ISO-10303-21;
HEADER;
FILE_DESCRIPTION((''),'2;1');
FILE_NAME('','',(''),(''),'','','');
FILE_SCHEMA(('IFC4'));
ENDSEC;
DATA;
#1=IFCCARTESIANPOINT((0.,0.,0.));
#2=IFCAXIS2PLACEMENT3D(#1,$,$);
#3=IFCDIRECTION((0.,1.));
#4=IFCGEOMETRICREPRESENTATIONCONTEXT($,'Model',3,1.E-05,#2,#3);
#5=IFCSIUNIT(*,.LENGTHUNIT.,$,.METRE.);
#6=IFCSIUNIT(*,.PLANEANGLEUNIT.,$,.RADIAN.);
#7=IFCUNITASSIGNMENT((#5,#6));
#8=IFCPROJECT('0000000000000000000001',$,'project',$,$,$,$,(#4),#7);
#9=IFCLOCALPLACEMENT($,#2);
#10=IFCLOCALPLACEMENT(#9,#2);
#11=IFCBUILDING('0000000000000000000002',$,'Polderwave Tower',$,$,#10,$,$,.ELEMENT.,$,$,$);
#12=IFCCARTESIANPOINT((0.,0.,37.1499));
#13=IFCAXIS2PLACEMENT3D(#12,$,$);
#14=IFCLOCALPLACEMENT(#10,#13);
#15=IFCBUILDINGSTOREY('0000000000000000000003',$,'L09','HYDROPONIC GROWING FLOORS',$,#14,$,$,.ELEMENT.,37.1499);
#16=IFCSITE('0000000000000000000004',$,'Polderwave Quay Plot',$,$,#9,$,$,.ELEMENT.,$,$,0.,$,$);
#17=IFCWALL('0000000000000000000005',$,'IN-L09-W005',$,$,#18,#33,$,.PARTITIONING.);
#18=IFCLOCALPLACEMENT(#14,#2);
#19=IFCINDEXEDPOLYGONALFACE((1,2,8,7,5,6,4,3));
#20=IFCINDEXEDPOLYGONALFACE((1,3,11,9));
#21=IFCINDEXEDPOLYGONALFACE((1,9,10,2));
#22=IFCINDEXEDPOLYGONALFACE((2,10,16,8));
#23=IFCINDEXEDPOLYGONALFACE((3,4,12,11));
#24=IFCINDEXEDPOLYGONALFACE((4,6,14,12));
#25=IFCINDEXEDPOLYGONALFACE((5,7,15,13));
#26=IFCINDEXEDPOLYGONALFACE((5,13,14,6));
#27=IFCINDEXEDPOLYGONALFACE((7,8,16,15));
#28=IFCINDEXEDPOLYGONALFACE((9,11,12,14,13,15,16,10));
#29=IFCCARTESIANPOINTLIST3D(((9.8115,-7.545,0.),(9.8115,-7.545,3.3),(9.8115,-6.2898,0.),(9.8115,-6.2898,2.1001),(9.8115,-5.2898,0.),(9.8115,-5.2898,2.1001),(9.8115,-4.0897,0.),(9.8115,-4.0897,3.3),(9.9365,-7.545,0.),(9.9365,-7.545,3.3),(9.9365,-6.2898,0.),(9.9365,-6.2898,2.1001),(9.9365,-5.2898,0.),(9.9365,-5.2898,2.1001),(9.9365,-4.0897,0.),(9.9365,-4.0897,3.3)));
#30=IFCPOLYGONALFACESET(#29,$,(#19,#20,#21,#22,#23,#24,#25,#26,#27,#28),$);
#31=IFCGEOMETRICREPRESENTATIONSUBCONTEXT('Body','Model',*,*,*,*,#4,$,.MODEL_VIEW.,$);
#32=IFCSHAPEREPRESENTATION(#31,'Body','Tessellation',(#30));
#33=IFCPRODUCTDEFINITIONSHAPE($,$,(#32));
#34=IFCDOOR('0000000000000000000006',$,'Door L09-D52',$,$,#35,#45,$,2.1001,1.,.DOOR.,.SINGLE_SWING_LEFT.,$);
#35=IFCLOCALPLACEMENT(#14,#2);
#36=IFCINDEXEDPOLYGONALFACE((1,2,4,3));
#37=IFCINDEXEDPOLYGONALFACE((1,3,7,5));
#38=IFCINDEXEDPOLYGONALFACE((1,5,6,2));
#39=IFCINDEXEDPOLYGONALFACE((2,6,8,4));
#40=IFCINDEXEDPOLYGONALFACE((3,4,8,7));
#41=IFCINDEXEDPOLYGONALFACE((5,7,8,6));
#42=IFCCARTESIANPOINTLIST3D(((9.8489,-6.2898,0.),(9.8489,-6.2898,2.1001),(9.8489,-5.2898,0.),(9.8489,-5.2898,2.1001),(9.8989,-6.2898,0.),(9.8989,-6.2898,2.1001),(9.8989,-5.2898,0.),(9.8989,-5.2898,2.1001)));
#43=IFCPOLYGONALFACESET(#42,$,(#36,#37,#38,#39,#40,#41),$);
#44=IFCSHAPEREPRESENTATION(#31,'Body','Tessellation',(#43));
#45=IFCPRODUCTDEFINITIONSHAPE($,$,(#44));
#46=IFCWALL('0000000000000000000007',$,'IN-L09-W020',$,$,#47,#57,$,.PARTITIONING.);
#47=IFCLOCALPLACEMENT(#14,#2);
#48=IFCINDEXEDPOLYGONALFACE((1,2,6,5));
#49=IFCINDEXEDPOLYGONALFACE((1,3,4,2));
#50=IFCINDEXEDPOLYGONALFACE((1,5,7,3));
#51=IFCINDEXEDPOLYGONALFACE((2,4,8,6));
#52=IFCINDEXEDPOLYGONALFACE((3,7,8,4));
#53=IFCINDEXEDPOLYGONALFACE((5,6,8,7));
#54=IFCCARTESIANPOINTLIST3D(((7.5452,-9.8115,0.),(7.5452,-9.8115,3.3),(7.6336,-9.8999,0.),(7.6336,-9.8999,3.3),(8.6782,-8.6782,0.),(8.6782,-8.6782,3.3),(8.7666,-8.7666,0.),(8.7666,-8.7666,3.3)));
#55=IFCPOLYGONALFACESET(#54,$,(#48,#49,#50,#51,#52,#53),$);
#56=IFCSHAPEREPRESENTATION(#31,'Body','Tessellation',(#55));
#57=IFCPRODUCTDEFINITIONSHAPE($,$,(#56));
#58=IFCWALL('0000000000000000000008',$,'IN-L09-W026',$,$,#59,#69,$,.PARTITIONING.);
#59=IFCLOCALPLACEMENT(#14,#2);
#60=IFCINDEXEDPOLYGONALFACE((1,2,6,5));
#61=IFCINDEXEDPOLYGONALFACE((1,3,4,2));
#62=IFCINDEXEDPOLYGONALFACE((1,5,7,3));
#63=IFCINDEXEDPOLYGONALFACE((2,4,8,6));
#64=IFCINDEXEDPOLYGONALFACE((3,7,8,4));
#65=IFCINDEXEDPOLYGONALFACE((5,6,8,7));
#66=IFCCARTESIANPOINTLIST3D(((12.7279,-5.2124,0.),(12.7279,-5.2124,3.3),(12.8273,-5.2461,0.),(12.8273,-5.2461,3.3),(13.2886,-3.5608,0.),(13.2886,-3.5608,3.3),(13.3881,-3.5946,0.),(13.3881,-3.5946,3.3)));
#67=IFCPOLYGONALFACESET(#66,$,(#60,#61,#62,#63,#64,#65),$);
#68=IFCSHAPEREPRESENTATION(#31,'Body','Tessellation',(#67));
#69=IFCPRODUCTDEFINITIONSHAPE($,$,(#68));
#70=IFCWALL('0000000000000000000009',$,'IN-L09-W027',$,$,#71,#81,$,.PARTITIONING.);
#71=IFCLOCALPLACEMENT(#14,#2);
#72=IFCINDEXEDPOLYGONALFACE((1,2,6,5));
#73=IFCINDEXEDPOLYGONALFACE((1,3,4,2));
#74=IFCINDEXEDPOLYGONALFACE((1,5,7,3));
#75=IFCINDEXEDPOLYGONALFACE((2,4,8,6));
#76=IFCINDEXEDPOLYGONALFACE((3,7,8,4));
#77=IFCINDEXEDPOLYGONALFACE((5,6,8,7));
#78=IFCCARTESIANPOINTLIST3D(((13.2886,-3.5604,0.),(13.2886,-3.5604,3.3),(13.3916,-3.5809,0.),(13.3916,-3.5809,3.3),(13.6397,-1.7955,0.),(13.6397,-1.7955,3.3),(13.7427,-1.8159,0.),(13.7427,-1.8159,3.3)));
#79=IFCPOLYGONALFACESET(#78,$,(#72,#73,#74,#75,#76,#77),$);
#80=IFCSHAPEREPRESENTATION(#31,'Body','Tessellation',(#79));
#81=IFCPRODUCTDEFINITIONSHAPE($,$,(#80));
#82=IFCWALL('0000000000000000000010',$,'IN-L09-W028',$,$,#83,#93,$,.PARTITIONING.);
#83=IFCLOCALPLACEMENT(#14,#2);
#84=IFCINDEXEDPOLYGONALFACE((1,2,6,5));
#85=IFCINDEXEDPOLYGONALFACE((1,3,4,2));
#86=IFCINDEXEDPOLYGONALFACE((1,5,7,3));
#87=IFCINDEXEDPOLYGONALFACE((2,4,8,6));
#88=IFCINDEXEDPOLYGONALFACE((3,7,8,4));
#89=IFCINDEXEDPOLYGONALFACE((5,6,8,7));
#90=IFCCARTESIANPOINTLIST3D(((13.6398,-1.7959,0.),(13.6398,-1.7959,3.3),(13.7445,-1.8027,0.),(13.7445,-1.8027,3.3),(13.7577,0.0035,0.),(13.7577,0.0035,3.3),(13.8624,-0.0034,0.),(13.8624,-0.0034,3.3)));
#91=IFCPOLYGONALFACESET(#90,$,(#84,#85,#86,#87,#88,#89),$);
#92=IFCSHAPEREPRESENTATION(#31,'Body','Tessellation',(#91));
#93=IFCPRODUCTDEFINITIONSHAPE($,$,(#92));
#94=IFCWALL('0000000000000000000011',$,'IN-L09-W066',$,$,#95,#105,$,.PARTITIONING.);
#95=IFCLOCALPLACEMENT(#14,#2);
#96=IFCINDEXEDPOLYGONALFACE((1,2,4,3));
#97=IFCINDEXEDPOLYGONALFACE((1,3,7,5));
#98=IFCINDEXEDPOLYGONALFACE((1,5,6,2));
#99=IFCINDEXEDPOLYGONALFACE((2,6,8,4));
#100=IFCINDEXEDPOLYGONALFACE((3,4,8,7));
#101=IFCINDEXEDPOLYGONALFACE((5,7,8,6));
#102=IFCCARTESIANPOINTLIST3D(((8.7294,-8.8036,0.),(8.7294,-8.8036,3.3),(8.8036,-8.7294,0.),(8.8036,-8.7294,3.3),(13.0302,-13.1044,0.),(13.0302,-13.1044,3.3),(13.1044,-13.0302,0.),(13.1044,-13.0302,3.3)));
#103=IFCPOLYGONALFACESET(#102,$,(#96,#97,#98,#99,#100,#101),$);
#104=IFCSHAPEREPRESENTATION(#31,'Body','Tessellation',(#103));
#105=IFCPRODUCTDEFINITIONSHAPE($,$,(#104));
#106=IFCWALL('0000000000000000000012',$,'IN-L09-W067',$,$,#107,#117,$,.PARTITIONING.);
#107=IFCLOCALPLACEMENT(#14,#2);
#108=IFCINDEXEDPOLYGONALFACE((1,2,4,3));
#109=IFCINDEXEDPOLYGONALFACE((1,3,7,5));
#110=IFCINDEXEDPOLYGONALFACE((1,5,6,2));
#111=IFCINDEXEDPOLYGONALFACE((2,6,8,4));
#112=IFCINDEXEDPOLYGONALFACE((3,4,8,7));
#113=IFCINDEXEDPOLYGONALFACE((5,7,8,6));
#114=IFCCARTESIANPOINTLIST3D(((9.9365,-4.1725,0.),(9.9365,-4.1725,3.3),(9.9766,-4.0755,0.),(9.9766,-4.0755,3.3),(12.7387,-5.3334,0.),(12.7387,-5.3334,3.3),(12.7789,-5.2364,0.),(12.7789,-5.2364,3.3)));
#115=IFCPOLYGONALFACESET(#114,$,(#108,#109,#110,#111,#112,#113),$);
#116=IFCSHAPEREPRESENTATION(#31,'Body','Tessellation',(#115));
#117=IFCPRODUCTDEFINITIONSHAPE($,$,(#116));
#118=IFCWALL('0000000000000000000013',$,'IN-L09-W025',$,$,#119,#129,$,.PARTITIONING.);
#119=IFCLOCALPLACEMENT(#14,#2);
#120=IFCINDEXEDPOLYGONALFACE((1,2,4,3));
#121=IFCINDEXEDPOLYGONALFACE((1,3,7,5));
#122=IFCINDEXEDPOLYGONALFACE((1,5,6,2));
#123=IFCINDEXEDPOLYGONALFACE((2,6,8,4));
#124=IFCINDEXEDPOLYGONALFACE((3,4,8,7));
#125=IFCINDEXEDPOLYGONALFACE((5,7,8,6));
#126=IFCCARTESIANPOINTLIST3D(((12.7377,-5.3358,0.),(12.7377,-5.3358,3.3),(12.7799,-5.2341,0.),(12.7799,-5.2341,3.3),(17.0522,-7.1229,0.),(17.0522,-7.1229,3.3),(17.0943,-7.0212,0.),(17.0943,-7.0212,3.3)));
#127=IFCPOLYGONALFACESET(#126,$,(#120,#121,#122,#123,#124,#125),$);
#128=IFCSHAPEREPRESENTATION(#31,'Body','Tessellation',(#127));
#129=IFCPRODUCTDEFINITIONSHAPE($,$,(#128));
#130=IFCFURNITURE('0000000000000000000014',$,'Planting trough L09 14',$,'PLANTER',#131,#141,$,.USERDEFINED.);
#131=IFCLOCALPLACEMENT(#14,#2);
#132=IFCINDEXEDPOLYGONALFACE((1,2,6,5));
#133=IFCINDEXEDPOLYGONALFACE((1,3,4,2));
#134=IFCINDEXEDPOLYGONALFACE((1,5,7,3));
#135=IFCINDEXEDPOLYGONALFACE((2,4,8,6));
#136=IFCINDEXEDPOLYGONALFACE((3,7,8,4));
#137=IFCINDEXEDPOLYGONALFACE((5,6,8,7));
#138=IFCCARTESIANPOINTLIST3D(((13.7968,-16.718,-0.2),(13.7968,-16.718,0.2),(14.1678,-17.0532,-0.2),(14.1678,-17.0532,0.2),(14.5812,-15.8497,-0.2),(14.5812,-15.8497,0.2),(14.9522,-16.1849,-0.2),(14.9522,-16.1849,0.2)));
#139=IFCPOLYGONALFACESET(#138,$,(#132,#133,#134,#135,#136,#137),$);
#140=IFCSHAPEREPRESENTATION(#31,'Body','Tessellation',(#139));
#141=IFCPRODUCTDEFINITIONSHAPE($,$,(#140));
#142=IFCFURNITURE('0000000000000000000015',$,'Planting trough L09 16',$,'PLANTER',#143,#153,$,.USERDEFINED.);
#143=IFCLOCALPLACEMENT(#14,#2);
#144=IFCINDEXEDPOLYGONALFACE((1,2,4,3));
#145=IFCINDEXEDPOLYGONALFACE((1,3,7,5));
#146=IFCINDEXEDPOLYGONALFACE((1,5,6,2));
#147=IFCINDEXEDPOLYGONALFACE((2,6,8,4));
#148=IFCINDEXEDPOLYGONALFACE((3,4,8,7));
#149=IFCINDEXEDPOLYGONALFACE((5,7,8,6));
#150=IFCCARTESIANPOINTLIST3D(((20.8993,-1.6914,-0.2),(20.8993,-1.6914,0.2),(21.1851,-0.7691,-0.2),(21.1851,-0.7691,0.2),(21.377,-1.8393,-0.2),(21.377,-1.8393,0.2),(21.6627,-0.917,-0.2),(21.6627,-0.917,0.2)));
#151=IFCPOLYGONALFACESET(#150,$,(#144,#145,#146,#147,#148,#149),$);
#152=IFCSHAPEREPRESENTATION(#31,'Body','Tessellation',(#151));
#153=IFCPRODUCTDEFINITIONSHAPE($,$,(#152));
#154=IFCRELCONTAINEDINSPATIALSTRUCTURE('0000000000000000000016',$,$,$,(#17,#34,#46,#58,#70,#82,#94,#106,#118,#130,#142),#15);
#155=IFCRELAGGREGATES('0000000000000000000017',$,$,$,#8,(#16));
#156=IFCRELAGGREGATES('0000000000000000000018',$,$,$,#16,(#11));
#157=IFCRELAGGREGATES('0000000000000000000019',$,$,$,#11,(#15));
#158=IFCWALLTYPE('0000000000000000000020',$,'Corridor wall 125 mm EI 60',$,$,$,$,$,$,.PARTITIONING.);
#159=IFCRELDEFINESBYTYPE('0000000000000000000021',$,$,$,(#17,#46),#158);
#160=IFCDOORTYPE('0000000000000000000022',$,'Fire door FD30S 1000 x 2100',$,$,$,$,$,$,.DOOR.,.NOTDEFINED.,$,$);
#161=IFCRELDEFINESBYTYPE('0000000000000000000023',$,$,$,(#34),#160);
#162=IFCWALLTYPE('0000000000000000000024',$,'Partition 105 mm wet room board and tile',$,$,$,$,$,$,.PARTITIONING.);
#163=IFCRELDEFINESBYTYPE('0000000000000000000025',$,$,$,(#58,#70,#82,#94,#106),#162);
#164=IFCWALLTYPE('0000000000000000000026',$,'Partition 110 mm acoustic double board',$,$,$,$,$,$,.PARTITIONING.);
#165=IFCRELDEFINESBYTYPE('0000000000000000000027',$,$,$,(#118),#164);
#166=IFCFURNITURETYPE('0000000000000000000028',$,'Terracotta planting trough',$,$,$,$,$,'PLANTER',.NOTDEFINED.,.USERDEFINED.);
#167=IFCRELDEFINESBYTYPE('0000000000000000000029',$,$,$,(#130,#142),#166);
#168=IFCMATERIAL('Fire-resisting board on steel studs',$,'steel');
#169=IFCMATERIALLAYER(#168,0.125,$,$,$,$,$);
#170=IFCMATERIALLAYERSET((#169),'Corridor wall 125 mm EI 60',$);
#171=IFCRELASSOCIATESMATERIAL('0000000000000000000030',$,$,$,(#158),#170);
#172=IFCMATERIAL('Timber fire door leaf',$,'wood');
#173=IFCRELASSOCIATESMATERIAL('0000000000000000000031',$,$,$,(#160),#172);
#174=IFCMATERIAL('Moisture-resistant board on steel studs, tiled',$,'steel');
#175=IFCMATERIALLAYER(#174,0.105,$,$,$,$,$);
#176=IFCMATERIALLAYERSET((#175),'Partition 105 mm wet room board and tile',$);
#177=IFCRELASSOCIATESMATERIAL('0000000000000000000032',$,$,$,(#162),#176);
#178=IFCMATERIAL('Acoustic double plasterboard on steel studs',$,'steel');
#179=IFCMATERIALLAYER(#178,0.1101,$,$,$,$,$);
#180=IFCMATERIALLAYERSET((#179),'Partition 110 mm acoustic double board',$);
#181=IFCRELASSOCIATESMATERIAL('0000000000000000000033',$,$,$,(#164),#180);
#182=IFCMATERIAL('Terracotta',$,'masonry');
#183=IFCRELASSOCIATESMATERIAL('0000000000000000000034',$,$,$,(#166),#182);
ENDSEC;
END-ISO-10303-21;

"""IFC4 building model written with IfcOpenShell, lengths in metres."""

from ifc_helpers import new_model, si_unit, direction, frame, frame_2d, origin, origin_2d, place, context, subcontext, project, spatial, rectangle, extrude, material, layer, layer_set, type_object, element, fill, save


model = new_model("IFC4")

# Units and contexts
model_context = context("Model", 3, precision=1e-05, world=origin(), true_north=direction((0.0, 1.0)))
body_context = subcontext(model_context, "Body", "Model", "MODEL_VIEW")
ifc_project = project(units=[si_unit("LENGTHUNIT", "METRE"), si_unit("PLANEANGLEUNIT", "RADIAN")], contexts=[model_context])

# Site, building, storey
site_placement = place(None, origin())
site = spatial("IfcSite", under=ifc_project, at=site_placement, Name="Polderwave Quay Plot", CompositionType="ELEMENT", RefElevation=0.0)
building_placement = place(site_placement, origin())
building = spatial("IfcBuilding", under=site, at=building_placement, Name="Polderwave Tower", CompositionType="ELEMENT")
storey_placement = place(building_placement, frame((0.0, 0.0, 37.1499)))
storey = spatial("IfcBuildingStorey", under=building, at=storey_placement, Name="L09", Description="HYDROPONIC GROWING FLOORS", CompositionType="ELEMENT", Elevation=37.1499)

# Shared definitions
ifc_material_1 = material(Name="Fire-resisting board on steel studs", Category="steel")
ifc_layer_1 = layer(ifc_material_1, 0.125)
ifc_layer_set_1 = layer_set([ifc_layer_1], Name="Corridor wall 125 mm EI 60")
wall_type_1 = type_object("IfcWallType", Name="Corridor wall 125 mm EI 60", PredefinedType="PARTITIONING", material=ifc_layer_set_1)

# Wall, opening, door
wall_1_placement = place(storey_placement, frame((9.874, -4.0898, 0.0), z_axis=(0.0, 0.0, 1.0), x_axis=(0.0, -1.0, 0.0)))
wall_1 = element("IfcWall", 1, at=wall_1_placement, inside=storey, type_object=wall_type_1, Name="IN-L09-W005", PredefinedType="PARTITIONING", context=body_context, shape_type="SweptSolid", body=[
    extrude(rectangle(XDim=3.4553, YDim=0.125, at=frame_2d((1.7275, 0.0))), origin(), (0.0, 0.0, 1.0), 3.3),
])
opening_placement = place(wall_1_placement, frame((1.2, 0.0, 0.0)))
opening = element("IfcOpeningElement", 2, at=opening_placement, cuts=wall_1, PredefinedType="OPENING", context=body_context, shape_type="SweptSolid", body=[
    extrude(rectangle(XDim=1.0, YDim=2.1001, at=frame_2d((0.5, 1.05))), frame((0.0, 0.0725, 0.0), z_axis=(0.0, -1.0, 0.0), x_axis=(1.0, 0.0, 0.0)), (0.0, 0.0, 1.0), 0.145),
])
ifc_material_2 = material(Name="Timber fire door leaf", Category="wood")
door_type = type_object("IfcDoorType", Name="Fire door FD30S 1000 x 2100", OperationType="NOTDEFINED", PredefinedType="DOOR", material=ifc_material_2)
door_placement = place(opening_placement, origin())
door = element("IfcDoor", 3, at=door_placement, inside=storey, type_object=door_type, Name="Door L09-D52", OperationType="SINGLE_SWING_LEFT", OverallHeight=2.1001, OverallWidth=1.0, PredefinedType="DOOR", context=body_context, shape_type="SweptSolid", body=[
    extrude(rectangle(XDim=1.0, YDim=2.1001, at=frame_2d((0.5, 1.05))), frame((0.0, 0.0249, 0.0), z_axis=(0.0, -1.0, 0.0), x_axis=(1.0, 0.0, 0.0)), (0.0, 0.0, 1.0), 0.05),
])
fill(opening, door)

# Walls
wall_2_placement = place(storey_placement, frame((8.7224, -8.7224, 0.0), z_axis=(0.0, 0.0, 1.0), x_axis=(-0.707031, -0.707183, 0.0)))
element("IfcWall", 4, at=wall_2_placement, inside=storey, type_object=wall_type_1, Name="IN-L09-W020", PredefinedType="PARTITIONING", context=body_context, shape_type="SweptSolid", body=[
    extrude(rectangle(XDim=1.6025, YDim=0.125, at=frame_2d((0.8013, 0.0))), origin(), (0.0, 0.0, 1.0), 3.3),
])
ifc_material_3 = material(Name="Moisture-resistant board on steel studs, tiled", Category="steel")
ifc_layer_2 = layer(ifc_material_3, 0.105)
ifc_layer_set_2 = layer_set([ifc_layer_2], Name="Partition 105 mm wet room board and tile")
wall_type_2 = type_object("IfcWallType", Name="Partition 105 mm wet room board and tile", PredefinedType="PARTITIONING", material=ifc_layer_set_2)
wall_3_placement = place(storey_placement, frame((12.7776, -5.2292, 0.0), z_axis=(0.0, 0.0, 1.0), x_axis=(0.321514, 0.946905, 0.0)))
element("IfcWall", 5, at=wall_3_placement, inside=storey, type_object=wall_type_2, Name="IN-L09-W026", PredefinedType="PARTITIONING", context=body_context, shape_type="SweptSolid", body=[
    extrude(rectangle(XDim=1.7441, YDim=0.105, at=frame_2d((0.8721, 0.0))), origin(), (0.0, 0.0, 1.0), 3.3),
])
wall_4_placement = place(storey_placement, frame((13.3401, -3.5708, 0.0), z_axis=(0.0, 0.0, 1.0), x_axis=(0.195098, 0.980784, 0.0)))
element("IfcWall", 6, at=wall_4_placement, inside=storey, type_object=wall_type_2, Name="IN-L09-W027", PredefinedType="PARTITIONING", context=body_context, shape_type="SweptSolid", body=[
    extrude(rectangle(XDim=1.7996, YDim=0.105, at=frame_2d((0.8999, 0.0))), origin(), (0.0, 0.0, 1.0), 3.3),
])
wall_5_placement = place(storey_placement, frame((13.6921, -1.7993, 0.0), z_axis=(0.0, 0.0, 1.0), x_axis=(0.065396, 0.997859, 0.0)))
element("IfcWall", 7, at=wall_5_placement, inside=storey, type_object=wall_type_2, Name="IN-L09-W028", PredefinedType="PARTITIONING", context=body_context, shape_type="SweptSolid", body=[
    extrude(rectangle(XDim=1.8032, YDim=0.105, at=frame_2d((0.9016, 0.0))), origin(), (0.0, 0.0, 1.0), 3.3),
])
wall_6_placement = place(storey_placement, frame((8.7666, -8.7666, 0.0), z_axis=(0.0, 0.0, 1.0), x_axis=(0.707107, -0.707107, 0.0)))
element("IfcWall", 8, at=wall_6_placement, inside=storey, type_object=wall_type_2, Name="IN-L09-W066", PredefinedType="PARTITIONING", context=body_context, shape_type="SweptSolid", body=[
    extrude(rectangle(XDim=6.0823, YDim=0.105, at=frame_2d((3.041, 0.0))), origin(), (0.0, 0.0, 1.0), 3.3),
])
wall_7_placement = place(storey_placement, frame((9.9565, -4.124, 0.0), z_axis=(0.0, 0.0, 1.0), x_axis=(0.923861, -0.382729, 0.0)))
element("IfcWall", 9, at=wall_7_placement, inside=storey, type_object=wall_type_2, Name="IN-L09-W067", PredefinedType="PARTITIONING", context=body_context, shape_type="SweptSolid", body=[
    extrude(rectangle(XDim=3.0332, YDim=0.105, at=frame_2d((1.5166, 0.0))), origin(), (0.0, 0.0, 1.0), 3.3),
])
ifc_material_4 = material(Name="Acoustic double plasterboard on steel studs", Category="steel")
ifc_layer_3 = layer(ifc_material_4, 0.1101)
ifc_layer_set_3 = layer_set([ifc_layer_3], Name="Partition 110 mm acoustic double board")
wall_type_3 = type_object("IfcWallType", Name="Partition 110 mm acoustic double board", PredefinedType="PARTITIONING", material=ifc_layer_set_3)
wall_8_placement = place(storey_placement, frame((17.0732, -7.072, 0.0), z_axis=(0.0, 0.0, 1.0), x_axis=(-0.923879, 0.382684, 0.0)))
element("IfcWall", 10, at=wall_8_placement, inside=storey, type_object=wall_type_3, Name="IN-L09-W025", PredefinedType="PARTITIONING", context=body_context, shape_type="SweptSolid", body=[
    extrude(rectangle(XDim=4.6699, YDim=0.1101, at=frame_2d((2.335, 0.0))), origin(), (0.0, 0.0, 1.0), 3.3),
])

# Furniture
ifc_material_5 = material(Name="Terracotta", Category="masonry")
furniture_type = type_object("IfcFurnitureType", Name="Terracotta planting trough", ElementType="PLANTER", AssemblyPlace="NOTDEFINED", PredefinedType="USERDEFINED", material=ifc_material_5)
furniture_1_placement = place(storey_placement, frame((14.3745, -16.4514, -0.2), z_axis=(0.0, 0.0, 1.0), x_axis=(0.670364, 0.742032, 0.0)))
element("IfcFurniture", 11, at=furniture_1_placement, inside=storey, type_object=furniture_type, Name="Planting trough L09 14", ObjectType="PLANTER", PredefinedType="USERDEFINED", context=body_context, shape_type="SweptSolid", body=[
    extrude(rectangle(XDim=1.1702, YDim=0.5, at=origin_2d()), origin(), (0.0, 0.0, 1.0), 0.3999),
])
furniture_2_placement = place(storey_placement, frame((21.281, -1.3042, -0.2), z_axis=(0.0, 0.0, 1.0), x_axis=(0.295893, 0.955221, 0.0)))
element("IfcFurniture", 12, at=furniture_2_placement, inside=storey, type_object=furniture_type, Name="Planting trough L09 16", ObjectType="PLANTER", PredefinedType="USERDEFINED", context=body_context, shape_type="SweptSolid", body=[
    extrude(rectangle(XDim=0.9656, YDim=0.5, at=origin_2d()), origin(), (0.0, 0.0, 1.0), 0.3999),
])

save(model, "model.ifc")
